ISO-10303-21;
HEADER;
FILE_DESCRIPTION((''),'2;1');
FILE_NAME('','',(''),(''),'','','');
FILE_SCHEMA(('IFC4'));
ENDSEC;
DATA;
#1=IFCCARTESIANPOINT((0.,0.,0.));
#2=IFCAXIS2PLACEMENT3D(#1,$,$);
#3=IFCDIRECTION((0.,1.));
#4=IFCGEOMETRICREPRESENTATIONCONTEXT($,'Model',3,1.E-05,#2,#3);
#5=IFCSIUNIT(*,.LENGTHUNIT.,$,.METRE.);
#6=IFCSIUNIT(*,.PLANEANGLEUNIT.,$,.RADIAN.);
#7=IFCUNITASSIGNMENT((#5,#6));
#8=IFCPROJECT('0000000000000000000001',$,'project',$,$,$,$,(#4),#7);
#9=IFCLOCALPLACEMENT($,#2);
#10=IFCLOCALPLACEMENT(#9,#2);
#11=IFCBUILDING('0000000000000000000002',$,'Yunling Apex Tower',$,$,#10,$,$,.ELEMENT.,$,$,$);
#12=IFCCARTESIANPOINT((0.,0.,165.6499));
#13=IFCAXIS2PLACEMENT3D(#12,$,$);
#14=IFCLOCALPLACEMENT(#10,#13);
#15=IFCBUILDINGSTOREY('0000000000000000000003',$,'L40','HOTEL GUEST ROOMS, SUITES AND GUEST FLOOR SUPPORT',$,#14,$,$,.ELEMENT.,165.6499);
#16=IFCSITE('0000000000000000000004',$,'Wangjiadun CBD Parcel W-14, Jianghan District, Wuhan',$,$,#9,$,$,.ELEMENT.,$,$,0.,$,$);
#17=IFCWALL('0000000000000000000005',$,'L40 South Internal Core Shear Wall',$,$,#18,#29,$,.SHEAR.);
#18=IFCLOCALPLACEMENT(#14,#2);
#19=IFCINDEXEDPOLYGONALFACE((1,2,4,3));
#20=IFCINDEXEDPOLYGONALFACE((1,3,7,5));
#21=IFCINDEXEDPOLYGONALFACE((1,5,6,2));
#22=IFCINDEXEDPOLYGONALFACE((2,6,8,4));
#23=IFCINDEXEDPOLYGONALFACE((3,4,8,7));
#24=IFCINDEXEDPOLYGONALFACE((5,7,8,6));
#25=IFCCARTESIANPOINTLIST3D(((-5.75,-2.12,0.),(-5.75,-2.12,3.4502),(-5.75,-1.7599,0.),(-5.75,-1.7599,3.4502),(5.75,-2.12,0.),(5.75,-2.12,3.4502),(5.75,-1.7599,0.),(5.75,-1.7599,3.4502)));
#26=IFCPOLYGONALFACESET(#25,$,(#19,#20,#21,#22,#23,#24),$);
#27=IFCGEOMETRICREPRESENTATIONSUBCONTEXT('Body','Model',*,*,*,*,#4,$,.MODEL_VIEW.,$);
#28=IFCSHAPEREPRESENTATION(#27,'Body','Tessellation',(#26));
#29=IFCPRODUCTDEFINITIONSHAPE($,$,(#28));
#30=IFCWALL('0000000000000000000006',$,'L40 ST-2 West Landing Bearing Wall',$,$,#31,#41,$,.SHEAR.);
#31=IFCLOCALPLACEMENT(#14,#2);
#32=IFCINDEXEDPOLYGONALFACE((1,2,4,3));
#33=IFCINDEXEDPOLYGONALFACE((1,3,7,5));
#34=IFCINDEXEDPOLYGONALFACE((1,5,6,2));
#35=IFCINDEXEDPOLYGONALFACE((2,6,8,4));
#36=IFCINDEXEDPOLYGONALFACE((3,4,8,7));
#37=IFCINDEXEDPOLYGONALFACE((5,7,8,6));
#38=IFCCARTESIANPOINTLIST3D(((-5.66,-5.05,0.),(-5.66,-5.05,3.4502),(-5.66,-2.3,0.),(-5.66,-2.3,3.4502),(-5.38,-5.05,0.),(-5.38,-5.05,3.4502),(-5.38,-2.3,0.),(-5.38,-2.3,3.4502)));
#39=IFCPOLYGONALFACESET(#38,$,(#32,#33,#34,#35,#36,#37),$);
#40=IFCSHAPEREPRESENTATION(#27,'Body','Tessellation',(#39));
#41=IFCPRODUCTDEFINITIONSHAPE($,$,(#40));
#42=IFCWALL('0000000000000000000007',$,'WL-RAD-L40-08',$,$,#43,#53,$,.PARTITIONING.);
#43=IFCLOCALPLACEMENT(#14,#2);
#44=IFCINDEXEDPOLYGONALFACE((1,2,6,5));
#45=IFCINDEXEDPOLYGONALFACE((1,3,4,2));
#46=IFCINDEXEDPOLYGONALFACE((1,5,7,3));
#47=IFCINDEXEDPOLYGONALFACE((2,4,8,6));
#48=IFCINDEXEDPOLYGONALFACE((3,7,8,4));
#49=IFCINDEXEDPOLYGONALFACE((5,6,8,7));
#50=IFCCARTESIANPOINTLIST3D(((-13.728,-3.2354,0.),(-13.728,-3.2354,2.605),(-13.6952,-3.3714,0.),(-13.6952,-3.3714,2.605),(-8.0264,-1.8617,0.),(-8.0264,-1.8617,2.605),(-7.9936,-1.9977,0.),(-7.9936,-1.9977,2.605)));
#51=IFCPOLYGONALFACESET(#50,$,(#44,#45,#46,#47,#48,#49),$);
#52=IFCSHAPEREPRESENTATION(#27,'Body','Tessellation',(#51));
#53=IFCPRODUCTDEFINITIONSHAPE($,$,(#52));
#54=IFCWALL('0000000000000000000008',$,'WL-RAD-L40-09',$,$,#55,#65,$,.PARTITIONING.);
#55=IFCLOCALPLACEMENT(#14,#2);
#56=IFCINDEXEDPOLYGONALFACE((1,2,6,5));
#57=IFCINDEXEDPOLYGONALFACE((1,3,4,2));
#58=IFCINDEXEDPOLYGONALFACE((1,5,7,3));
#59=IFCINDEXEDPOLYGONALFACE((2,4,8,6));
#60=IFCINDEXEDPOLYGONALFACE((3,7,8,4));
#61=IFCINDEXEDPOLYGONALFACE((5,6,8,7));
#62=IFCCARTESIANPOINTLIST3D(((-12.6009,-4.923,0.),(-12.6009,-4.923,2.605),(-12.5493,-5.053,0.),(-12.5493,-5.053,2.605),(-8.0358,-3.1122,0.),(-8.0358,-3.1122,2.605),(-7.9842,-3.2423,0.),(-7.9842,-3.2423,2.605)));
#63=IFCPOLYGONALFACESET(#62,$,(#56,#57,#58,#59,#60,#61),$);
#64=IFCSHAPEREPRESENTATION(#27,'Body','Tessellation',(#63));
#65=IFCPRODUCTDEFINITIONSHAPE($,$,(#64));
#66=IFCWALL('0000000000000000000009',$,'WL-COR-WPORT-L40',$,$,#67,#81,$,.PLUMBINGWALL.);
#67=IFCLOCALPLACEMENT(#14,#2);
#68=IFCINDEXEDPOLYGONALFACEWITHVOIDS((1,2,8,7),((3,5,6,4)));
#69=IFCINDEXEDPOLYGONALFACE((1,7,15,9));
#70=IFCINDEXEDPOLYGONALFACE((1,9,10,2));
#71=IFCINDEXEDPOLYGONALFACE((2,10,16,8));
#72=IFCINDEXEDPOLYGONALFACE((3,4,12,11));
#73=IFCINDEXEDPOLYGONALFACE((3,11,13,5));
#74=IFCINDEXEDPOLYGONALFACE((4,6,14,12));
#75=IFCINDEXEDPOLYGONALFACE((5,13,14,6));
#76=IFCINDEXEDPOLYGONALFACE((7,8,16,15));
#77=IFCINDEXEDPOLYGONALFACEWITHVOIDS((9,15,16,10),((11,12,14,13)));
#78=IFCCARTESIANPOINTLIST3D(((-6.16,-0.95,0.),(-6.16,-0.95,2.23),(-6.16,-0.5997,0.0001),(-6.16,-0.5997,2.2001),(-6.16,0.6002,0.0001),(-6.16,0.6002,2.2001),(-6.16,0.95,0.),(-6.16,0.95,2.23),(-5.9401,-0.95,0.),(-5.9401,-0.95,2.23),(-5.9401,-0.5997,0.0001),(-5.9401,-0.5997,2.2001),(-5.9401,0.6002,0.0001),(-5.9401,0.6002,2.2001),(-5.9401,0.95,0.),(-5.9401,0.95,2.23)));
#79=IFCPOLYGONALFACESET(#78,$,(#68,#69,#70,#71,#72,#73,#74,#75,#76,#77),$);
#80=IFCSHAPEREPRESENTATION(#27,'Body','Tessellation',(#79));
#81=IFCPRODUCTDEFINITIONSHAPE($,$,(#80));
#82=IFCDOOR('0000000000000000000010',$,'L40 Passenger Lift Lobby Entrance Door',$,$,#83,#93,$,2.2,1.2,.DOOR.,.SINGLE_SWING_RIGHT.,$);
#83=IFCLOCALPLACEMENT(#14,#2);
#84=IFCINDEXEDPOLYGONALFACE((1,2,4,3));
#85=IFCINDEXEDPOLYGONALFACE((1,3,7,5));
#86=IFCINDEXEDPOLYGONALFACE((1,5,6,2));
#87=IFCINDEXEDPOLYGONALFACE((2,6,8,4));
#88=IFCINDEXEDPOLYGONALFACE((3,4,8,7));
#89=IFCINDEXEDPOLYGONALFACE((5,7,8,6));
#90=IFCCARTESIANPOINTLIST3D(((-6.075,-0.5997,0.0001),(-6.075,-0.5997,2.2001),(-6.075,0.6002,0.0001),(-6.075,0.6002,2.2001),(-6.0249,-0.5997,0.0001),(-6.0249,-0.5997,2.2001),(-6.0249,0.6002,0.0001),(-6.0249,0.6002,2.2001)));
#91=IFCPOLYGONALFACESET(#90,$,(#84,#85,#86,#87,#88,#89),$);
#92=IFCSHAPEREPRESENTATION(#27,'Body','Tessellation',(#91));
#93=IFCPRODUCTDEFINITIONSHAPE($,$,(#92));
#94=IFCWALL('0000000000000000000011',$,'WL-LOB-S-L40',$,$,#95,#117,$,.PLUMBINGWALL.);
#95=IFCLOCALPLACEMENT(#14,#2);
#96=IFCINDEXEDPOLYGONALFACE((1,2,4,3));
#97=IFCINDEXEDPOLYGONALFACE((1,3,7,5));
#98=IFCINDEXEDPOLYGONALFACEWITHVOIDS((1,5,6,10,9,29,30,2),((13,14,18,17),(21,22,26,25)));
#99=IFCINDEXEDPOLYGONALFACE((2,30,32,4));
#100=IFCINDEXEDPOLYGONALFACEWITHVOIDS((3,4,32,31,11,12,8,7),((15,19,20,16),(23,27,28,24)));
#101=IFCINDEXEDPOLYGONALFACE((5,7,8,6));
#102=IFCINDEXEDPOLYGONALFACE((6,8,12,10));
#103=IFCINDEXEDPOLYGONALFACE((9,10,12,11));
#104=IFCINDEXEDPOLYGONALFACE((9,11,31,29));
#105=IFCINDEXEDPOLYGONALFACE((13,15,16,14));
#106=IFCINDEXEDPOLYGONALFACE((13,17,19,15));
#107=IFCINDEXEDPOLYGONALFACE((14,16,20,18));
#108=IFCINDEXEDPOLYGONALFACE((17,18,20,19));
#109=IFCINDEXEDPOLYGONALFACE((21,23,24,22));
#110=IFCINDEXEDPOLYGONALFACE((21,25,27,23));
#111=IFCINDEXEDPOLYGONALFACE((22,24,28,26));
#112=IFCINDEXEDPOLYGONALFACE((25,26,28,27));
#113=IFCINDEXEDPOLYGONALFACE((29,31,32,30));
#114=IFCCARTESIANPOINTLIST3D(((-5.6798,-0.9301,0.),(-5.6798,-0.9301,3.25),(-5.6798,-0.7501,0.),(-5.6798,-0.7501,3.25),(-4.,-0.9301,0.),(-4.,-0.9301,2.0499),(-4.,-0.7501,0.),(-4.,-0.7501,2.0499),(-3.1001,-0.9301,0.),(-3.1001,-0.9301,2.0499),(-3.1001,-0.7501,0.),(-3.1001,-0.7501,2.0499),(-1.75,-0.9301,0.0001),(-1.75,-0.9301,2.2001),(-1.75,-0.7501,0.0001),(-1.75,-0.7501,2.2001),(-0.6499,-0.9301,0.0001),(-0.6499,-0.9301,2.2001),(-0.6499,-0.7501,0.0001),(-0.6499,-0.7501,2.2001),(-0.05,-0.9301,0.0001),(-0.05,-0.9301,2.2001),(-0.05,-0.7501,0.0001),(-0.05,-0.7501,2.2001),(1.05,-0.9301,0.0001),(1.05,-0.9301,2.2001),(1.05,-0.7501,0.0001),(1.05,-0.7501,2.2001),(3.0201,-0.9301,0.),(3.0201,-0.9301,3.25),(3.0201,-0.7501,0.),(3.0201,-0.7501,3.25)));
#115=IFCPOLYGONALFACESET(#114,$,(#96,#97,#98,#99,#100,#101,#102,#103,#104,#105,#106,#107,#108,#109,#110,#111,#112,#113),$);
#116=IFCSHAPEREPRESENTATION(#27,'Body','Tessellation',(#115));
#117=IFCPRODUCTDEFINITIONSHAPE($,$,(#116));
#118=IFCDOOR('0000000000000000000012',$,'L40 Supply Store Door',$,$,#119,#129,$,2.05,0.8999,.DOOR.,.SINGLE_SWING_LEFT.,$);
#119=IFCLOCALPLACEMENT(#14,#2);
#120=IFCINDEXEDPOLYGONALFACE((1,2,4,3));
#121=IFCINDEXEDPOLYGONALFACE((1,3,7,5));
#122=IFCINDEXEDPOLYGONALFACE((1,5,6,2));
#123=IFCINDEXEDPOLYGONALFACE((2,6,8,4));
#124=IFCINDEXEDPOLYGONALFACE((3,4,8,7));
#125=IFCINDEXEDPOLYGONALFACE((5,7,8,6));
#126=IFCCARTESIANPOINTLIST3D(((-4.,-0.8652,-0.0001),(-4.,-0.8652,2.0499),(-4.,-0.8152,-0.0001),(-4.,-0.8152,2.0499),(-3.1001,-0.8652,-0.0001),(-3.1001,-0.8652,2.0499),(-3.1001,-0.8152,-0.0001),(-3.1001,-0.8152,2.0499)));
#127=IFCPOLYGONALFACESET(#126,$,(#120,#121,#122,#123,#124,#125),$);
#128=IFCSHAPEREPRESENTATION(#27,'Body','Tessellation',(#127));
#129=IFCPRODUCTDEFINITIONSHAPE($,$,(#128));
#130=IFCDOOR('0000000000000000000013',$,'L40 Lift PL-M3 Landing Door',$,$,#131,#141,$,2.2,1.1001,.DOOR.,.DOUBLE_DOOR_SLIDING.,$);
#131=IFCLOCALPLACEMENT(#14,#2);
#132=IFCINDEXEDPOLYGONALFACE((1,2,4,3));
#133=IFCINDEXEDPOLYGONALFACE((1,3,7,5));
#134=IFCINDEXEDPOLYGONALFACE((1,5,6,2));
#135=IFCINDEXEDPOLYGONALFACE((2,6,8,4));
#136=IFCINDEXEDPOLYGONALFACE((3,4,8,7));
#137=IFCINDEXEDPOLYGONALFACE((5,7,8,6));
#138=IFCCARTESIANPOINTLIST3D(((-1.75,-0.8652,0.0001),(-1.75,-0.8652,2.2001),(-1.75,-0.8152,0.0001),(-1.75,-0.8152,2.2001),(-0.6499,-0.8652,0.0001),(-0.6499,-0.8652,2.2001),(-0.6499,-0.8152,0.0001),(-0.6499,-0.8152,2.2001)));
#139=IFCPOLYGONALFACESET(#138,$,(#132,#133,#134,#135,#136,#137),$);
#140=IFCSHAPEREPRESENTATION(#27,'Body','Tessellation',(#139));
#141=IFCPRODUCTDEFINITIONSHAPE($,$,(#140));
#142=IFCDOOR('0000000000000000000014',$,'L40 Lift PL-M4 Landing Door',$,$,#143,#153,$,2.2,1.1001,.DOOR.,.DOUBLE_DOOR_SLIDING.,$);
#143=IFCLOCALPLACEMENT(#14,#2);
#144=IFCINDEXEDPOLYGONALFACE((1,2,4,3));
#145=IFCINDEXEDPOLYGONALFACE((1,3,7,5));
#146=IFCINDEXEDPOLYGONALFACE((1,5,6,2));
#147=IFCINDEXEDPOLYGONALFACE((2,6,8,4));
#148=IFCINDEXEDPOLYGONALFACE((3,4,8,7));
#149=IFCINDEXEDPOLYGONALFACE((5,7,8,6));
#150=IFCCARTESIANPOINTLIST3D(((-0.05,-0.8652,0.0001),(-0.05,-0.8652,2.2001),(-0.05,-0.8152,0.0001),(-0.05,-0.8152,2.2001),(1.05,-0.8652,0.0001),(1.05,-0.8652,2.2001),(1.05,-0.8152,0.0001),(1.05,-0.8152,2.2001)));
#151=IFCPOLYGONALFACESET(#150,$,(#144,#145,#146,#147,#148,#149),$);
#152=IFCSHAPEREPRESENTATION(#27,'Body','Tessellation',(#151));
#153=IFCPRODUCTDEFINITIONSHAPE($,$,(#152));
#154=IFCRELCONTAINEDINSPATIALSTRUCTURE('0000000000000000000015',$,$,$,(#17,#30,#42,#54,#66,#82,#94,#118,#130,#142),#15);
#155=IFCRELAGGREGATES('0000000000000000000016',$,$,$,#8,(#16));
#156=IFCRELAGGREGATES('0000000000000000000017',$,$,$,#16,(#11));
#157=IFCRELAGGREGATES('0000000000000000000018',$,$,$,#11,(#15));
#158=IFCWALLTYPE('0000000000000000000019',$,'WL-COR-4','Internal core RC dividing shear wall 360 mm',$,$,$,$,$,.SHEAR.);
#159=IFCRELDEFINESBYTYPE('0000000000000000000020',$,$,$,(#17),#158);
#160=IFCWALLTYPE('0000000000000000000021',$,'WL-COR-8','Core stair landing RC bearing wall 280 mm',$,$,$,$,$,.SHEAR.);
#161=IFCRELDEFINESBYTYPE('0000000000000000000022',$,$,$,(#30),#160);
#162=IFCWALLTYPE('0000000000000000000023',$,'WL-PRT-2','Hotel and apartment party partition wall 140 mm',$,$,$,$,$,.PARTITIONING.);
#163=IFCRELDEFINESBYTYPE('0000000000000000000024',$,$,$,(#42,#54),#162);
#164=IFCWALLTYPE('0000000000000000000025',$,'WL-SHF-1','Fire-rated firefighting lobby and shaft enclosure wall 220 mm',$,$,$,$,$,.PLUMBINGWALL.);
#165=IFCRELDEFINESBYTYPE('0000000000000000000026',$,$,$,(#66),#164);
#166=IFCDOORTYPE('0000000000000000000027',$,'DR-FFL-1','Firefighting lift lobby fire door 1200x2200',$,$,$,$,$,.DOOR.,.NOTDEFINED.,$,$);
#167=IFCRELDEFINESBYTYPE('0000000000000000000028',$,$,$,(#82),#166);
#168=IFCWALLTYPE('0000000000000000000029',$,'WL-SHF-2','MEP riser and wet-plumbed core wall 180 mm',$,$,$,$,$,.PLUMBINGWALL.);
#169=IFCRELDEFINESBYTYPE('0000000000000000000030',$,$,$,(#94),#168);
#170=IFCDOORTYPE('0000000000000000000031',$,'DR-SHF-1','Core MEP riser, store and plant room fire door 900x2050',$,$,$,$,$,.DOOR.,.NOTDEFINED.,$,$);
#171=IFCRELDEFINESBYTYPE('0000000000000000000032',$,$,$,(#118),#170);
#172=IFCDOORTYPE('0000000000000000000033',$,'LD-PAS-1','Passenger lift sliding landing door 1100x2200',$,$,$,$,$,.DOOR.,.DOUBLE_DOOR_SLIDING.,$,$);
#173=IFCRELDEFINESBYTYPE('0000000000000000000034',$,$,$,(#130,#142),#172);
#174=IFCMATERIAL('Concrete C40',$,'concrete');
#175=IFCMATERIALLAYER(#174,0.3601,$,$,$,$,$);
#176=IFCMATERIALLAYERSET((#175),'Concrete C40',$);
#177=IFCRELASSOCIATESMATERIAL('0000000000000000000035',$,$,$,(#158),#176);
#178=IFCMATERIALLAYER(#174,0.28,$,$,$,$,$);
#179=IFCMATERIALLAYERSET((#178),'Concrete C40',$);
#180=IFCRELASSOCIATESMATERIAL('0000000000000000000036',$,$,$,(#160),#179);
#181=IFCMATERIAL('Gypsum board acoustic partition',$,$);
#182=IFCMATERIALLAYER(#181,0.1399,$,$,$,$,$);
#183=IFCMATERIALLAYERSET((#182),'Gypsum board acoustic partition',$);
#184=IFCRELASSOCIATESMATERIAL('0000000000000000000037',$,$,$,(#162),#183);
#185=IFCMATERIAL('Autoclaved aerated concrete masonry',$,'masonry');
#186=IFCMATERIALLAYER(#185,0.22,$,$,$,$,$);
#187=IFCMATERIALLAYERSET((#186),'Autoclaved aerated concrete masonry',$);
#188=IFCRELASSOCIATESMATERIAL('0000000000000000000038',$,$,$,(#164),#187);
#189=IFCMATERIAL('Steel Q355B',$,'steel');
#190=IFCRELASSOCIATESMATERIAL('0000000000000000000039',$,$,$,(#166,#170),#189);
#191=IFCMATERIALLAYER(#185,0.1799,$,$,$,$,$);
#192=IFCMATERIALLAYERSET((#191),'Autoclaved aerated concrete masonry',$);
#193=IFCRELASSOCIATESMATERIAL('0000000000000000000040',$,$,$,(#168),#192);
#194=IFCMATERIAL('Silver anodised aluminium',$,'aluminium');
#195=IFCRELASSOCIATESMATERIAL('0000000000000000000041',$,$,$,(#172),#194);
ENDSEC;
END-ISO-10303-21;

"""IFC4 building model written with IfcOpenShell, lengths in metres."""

from ifc_helpers import new_model, si_unit, direction, frame, frame_2d, origin, place, context, subcontext, project, spatial, rectangle, extrude, material, layer, layer_set, type_object, element, fill, save


model = new_model("IFC4")

# Units and contexts
model_context = context("Model", 3, precision=1e-05, world=origin(), true_north=direction((0.0, 1.0)))
body_context = subcontext(model_context, "Body", "Model", "MODEL_VIEW")
ifc_project = project(units=[si_unit("LENGTHUNIT", "METRE"), si_unit("PLANEANGLEUNIT", "RADIAN")], contexts=[model_context])

# Site, building, storey
site_placement = place(None, origin())
site = spatial("IfcSite", under=ifc_project, at=site_placement, Name="Wangjiadun CBD Parcel W-14, Jianghan District, Wuhan", CompositionType="ELEMENT", RefElevation=0.0)
building_placement = place(site_placement, origin())
building = spatial("IfcBuilding", under=site, at=building_placement, Name="Yunling Apex Tower", CompositionType="ELEMENT")
storey_placement = place(building_placement, frame((0.0, 0.0, 165.6499)))
storey = spatial("IfcBuildingStorey", under=building, at=storey_placement, Name="L40", Description="HOTEL GUEST ROOMS, SUITES AND GUEST FLOOR SUPPORT", CompositionType="ELEMENT", Elevation=165.6499)

# Shared definitions
ifc_material_1 = material(Name="Steel Q355B", Category="steel")

# Walls
ifc_material_2 = material(Name="Concrete C40", Category="concrete")
ifc_layer_1 = layer(ifc_material_2, 0.3601)
ifc_layer_set_1 = layer_set([ifc_layer_1], Name="Concrete C40")
wall_type_1 = type_object("IfcWallType", Name="WL-COR-4", Description="Internal core RC dividing shear wall 360 mm", PredefinedType="SHEAR", material=ifc_layer_set_1)
wall_1_placement = place(storey_placement, frame((-5.75, -1.9399, 0.0), z_axis=(0.0, 0.0, 1.0), x_axis=(1.0, 0.0, 0.0)))
element("IfcWall", 1, at=wall_1_placement, inside=storey, type_object=wall_type_1, Name="L40 South Internal Core Shear Wall", PredefinedType="SHEAR", context=body_context, shape_type="SweptSolid", body=[
    extrude(rectangle(XDim=11.5, YDim=0.3601, at=frame_2d((5.75, 0.0))), origin(), (0.0, 0.0, 1.0), 3.4502),
])
ifc_layer_2 = layer(ifc_material_2, 0.28)
ifc_layer_set_2 = layer_set([ifc_layer_2], Name="Concrete C40")
wall_type_2 = type_object("IfcWallType", Name="WL-COR-8", Description="Core stair landing RC bearing wall 280 mm", PredefinedType="SHEAR", material=ifc_layer_set_2)
wall_2_placement = place(storey_placement, frame((-5.52, -5.05, 0.0), z_axis=(0.0, 0.0, 1.0), x_axis=(0.0, 1.0, 0.0)))
element("IfcWall", 2, at=wall_2_placement, inside=storey, type_object=wall_type_2, Name="L40 ST-2 West Landing Bearing Wall", PredefinedType="SHEAR", context=body_context, shape_type="SweptSolid", body=[
    extrude(rectangle(XDim=2.75, YDim=0.28, at=frame_2d((1.375, 0.0))), origin(), (0.0, 0.0, 1.0), 3.4502),
])
ifc_material_3 = material(Name="Gypsum board acoustic partition")
ifc_layer_3 = layer(ifc_material_3, 0.1399)
ifc_layer_set_3 = layer_set([ifc_layer_3], Name="Gypsum board acoustic partition")
wall_type_3 = type_object("IfcWallType", Name="WL-PRT-2", Description="Hotel and apartment party partition wall 140 mm", PredefinedType="PARTITIONING", material=ifc_layer_set_3)
wall_3_placement = place(storey_placement, frame((-8.01, -1.9297, 0.0), z_axis=(0.0, 0.0, 1.0), x_axis=(-0.972179, -0.23424, 0.0)))
element("IfcWall", 3, at=wall_3_placement, inside=storey, type_object=wall_type_3, Name="WL-RAD-L40-08", PredefinedType="PARTITIONING", context=body_context, shape_type="SweptSolid", body=[
    extrude(rectangle(XDim=5.8647, YDim=0.1399, at=frame_2d((2.9324, 0.0))), origin(), (0.0, 0.0, 1.0), 2.605),
])
wall_4_placement = place(storey_placement, frame((-8.01, -3.1772, 0.0), z_axis=(0.0, 0.0, 1.0), x_axis=(-0.929546, -0.368706, 0.0)))
element("IfcWall", 4, at=wall_4_placement, inside=storey, type_object=wall_type_3, Name="WL-RAD-L40-09", PredefinedType="PARTITIONING", context=body_context, shape_type="SweptSolid", body=[
    extrude(rectangle(XDim=4.9111, YDim=0.1399, at=frame_2d((2.4556, 0.0))), origin(), (0.0, 0.0, 1.0), 2.605),
])

# Wall, opening, door
ifc_material_4 = material(Name="Autoclaved aerated concrete masonry", Category="masonry")
ifc_layer_4 = layer(ifc_material_4, 0.22)
ifc_layer_set_4 = layer_set([ifc_layer_4], Name="Autoclaved aerated concrete masonry")
wall_type_4 = type_object("IfcWallType", Name="WL-SHF-1", Description="Fire-rated firefighting lobby and shaft enclosure wall 220 mm", PredefinedType="PLUMBINGWALL", material=ifc_layer_set_4)
wall_5_placement = place(storey_placement, frame((-6.05, -0.95, 0.0), z_axis=(0.0, 0.0, 1.0), x_axis=(0.0, 1.0, 0.0)))
wall_5 = element("IfcWall", 5, at=wall_5_placement, inside=storey, type_object=wall_type_4, Name="WL-COR-WPORT-L40", PredefinedType="PLUMBINGWALL", context=body_context, shape_type="SweptSolid", body=[
    extrude(rectangle(XDim=1.8999, YDim=0.22, at=frame_2d((0.95, 0.0))), origin(), (0.0, 0.0, 1.0), 2.23),
])
opening_1_placement = place(wall_5_placement, frame((0.3501, 0.0, 0.0)))
opening_1 = element("IfcOpeningElement", 6, at=opening_1_placement, cuts=wall_5, PredefinedType="OPENING", context=body_context, shape_type="SweptSolid", body=[
    extrude(rectangle(XDim=1.2, YDim=2.2, at=frame_2d((0.6001, 1.1001))), frame((0.0, 0.1201, 0.0), z_axis=(0.0, -1.0, 0.0), x_axis=(1.0, 0.0, 0.0)), (0.0, 0.0, 1.0), 0.24),
])
door_type_1 = type_object("IfcDoorType", Name="DR-FFL-1", Description="Firefighting lift lobby fire door 1200x2200", OperationType="NOTDEFINED", PredefinedType="DOOR", material=ifc_material_1)
door_1_placement = place(opening_1_placement, origin())
door_1 = element("IfcDoor", 7, at=door_1_placement, inside=storey, type_object=door_type_1, Name="L40 Passenger Lift Lobby Entrance Door", OperationType="SINGLE_SWING_RIGHT", OverallHeight=2.2, OverallWidth=1.2, PredefinedType="DOOR", context=body_context, shape_type="SweptSolid", body=[
    extrude(rectangle(XDim=1.2, YDim=2.2, at=frame_2d((0.6001, 1.1001))), frame((0.0, 0.0249, 0.0), z_axis=(0.0, -1.0, 0.0), x_axis=(1.0, 0.0, 0.0)), (0.0, 0.0, 1.0), 0.05),
])
fill(opening_1, door_1)

# Wall, openings, doors
ifc_layer_5 = layer(ifc_material_4, 0.1799)
ifc_layer_set_5 = layer_set([ifc_layer_5], Name="Autoclaved aerated concrete masonry")
wall_type_5 = type_object("IfcWallType", Name="WL-SHF-2", Description="MEP riser and wet-plumbed core wall 180 mm", PredefinedType="PLUMBINGWALL", material=ifc_layer_set_5)
wall_6_placement = place(storey_placement, frame((-5.6799, -0.8401, 0.0), z_axis=(0.0, 0.0, 1.0), x_axis=(1.0, 0.0, 0.0)))
wall_6 = element("IfcWall", 8, at=wall_6_placement, inside=storey, type_object=wall_type_5, Name="WL-LOB-S-L40", PredefinedType="PLUMBINGWALL", context=body_context, shape_type="SweptSolid", body=[
    extrude(rectangle(XDim=8.7, YDim=0.1799, at=frame_2d((4.3501, 0.0))), origin(), (0.0, 0.0, 1.0), 3.25),
])
opening_2_placement = place(wall_6_placement, frame((1.6799, 0.0, 0.0)))
opening_2 = element("IfcOpeningElement", 9, at=opening_2_placement, cuts=wall_6, PredefinedType="OPENING", context=body_context, shape_type="SweptSolid", body=[
    extrude(rectangle(XDim=0.8999, YDim=2.05, at=frame_2d((0.45, 1.0249))), frame((0.0, 0.1001, 0.0), z_axis=(0.0, -1.0, 0.0), x_axis=(1.0, 0.0, 0.0)), (0.0, 0.0, 1.0), 0.2),
])
opening_3_placement = place(wall_6_placement, frame((3.9299, 0.0, 0.0)))
opening_3 = element("IfcOpeningElement", 10, at=opening_3_placement, cuts=wall_6, PredefinedType="OPENING", context=body_context, shape_type="SweptSolid", body=[
    extrude(rectangle(XDim=1.1001, YDim=2.2, at=frame_2d((0.55, 1.1001))), frame((0.0, 0.1001, 0.0), z_axis=(0.0, -1.0, 0.0), x_axis=(1.0, 0.0, 0.0)), (0.0, 0.0, 1.0), 0.2),
])
opening_4_placement = place(wall_6_placement, frame((5.6299, 0.0, 0.0)))
opening_4 = element("IfcOpeningElement", 11, at=opening_4_placement, cuts=wall_6, PredefinedType="OPENING", context=body_context, shape_type="SweptSolid", body=[
    extrude(rectangle(XDim=1.1001, YDim=2.2, at=frame_2d((0.55, 1.1001))), frame((0.0, 0.1001, 0.0), z_axis=(0.0, -1.0, 0.0), x_axis=(1.0, 0.0, 0.0)), (0.0, 0.0, 1.0), 0.2),
])
door_type_2 = type_object("IfcDoorType", Name="DR-SHF-1", Description="Core MEP riser, store and plant room fire door 900x2050", OperationType="NOTDEFINED", PredefinedType="DOOR", material=ifc_material_1)
door_2_placement = place(opening_2_placement, origin())
door_2 = element("IfcDoor", 12, at=door_2_placement, inside=storey, type_object=door_type_2, Name="L40 Supply Store Door", OperationType="SINGLE_SWING_LEFT", OverallHeight=2.05, OverallWidth=0.8999, PredefinedType="DOOR", context=body_context, shape_type="SweptSolid", body=[
    extrude(rectangle(XDim=0.8999, YDim=2.05, at=frame_2d((0.45, 1.0249))), frame((0.0, 0.0249, 0.0), z_axis=(0.0, -1.0, 0.0), x_axis=(1.0, 0.0, 0.0)), (0.0, 0.0, 1.0), 0.05),
])
fill(opening_2, door_2)
ifc_material_5 = material(Name="Silver anodised aluminium", Category="aluminium")
door_type_3 = type_object("IfcDoorType", Name="LD-PAS-1", Description="Passenger lift sliding landing door 1100x2200", OperationType="DOUBLE_DOOR_SLIDING", PredefinedType="DOOR", material=ifc_material_5)
door_3_placement = place(opening_3_placement, origin())
door_3 = element("IfcDoor", 13, at=door_3_placement, inside=storey, type_object=door_type_3, Name="L40 Lift PL-M3 Landing Door", OperationType="DOUBLE_DOOR_SLIDING", OverallHeight=2.2, OverallWidth=1.1001, PredefinedType="DOOR", context=body_context, shape_type="SweptSolid", body=[
    extrude(rectangle(XDim=1.1001, YDim=2.2, at=frame_2d((0.55, 1.1001))), frame((0.0, 0.0249, 0.0), z_axis=(0.0, -1.0, 0.0), x_axis=(1.0, 0.0, 0.0)), (0.0, 0.0, 1.0), 0.05),
])
fill(opening_3, door_3)
door_4_placement = place(opening_4_placement, origin())
door_4 = element("IfcDoor", 14, at=door_4_placement, inside=storey, type_object=door_type_3, Name="L40 Lift PL-M4 Landing Door", OperationType="DOUBLE_DOOR_SLIDING", OverallHeight=2.2, OverallWidth=1.1001, PredefinedType="DOOR", context=body_context, shape_type="SweptSolid", body=[
    extrude(rectangle(XDim=1.1001, YDim=2.2, at=frame_2d((0.55, 1.1001))), frame((0.0, 0.0249, 0.0), z_axis=(0.0, -1.0, 0.0), x_axis=(1.0, 0.0, 0.0)), (0.0, 0.0, 1.0), 0.05),
])
fill(opening_4, door_4)

save(model, "model.ifc")
